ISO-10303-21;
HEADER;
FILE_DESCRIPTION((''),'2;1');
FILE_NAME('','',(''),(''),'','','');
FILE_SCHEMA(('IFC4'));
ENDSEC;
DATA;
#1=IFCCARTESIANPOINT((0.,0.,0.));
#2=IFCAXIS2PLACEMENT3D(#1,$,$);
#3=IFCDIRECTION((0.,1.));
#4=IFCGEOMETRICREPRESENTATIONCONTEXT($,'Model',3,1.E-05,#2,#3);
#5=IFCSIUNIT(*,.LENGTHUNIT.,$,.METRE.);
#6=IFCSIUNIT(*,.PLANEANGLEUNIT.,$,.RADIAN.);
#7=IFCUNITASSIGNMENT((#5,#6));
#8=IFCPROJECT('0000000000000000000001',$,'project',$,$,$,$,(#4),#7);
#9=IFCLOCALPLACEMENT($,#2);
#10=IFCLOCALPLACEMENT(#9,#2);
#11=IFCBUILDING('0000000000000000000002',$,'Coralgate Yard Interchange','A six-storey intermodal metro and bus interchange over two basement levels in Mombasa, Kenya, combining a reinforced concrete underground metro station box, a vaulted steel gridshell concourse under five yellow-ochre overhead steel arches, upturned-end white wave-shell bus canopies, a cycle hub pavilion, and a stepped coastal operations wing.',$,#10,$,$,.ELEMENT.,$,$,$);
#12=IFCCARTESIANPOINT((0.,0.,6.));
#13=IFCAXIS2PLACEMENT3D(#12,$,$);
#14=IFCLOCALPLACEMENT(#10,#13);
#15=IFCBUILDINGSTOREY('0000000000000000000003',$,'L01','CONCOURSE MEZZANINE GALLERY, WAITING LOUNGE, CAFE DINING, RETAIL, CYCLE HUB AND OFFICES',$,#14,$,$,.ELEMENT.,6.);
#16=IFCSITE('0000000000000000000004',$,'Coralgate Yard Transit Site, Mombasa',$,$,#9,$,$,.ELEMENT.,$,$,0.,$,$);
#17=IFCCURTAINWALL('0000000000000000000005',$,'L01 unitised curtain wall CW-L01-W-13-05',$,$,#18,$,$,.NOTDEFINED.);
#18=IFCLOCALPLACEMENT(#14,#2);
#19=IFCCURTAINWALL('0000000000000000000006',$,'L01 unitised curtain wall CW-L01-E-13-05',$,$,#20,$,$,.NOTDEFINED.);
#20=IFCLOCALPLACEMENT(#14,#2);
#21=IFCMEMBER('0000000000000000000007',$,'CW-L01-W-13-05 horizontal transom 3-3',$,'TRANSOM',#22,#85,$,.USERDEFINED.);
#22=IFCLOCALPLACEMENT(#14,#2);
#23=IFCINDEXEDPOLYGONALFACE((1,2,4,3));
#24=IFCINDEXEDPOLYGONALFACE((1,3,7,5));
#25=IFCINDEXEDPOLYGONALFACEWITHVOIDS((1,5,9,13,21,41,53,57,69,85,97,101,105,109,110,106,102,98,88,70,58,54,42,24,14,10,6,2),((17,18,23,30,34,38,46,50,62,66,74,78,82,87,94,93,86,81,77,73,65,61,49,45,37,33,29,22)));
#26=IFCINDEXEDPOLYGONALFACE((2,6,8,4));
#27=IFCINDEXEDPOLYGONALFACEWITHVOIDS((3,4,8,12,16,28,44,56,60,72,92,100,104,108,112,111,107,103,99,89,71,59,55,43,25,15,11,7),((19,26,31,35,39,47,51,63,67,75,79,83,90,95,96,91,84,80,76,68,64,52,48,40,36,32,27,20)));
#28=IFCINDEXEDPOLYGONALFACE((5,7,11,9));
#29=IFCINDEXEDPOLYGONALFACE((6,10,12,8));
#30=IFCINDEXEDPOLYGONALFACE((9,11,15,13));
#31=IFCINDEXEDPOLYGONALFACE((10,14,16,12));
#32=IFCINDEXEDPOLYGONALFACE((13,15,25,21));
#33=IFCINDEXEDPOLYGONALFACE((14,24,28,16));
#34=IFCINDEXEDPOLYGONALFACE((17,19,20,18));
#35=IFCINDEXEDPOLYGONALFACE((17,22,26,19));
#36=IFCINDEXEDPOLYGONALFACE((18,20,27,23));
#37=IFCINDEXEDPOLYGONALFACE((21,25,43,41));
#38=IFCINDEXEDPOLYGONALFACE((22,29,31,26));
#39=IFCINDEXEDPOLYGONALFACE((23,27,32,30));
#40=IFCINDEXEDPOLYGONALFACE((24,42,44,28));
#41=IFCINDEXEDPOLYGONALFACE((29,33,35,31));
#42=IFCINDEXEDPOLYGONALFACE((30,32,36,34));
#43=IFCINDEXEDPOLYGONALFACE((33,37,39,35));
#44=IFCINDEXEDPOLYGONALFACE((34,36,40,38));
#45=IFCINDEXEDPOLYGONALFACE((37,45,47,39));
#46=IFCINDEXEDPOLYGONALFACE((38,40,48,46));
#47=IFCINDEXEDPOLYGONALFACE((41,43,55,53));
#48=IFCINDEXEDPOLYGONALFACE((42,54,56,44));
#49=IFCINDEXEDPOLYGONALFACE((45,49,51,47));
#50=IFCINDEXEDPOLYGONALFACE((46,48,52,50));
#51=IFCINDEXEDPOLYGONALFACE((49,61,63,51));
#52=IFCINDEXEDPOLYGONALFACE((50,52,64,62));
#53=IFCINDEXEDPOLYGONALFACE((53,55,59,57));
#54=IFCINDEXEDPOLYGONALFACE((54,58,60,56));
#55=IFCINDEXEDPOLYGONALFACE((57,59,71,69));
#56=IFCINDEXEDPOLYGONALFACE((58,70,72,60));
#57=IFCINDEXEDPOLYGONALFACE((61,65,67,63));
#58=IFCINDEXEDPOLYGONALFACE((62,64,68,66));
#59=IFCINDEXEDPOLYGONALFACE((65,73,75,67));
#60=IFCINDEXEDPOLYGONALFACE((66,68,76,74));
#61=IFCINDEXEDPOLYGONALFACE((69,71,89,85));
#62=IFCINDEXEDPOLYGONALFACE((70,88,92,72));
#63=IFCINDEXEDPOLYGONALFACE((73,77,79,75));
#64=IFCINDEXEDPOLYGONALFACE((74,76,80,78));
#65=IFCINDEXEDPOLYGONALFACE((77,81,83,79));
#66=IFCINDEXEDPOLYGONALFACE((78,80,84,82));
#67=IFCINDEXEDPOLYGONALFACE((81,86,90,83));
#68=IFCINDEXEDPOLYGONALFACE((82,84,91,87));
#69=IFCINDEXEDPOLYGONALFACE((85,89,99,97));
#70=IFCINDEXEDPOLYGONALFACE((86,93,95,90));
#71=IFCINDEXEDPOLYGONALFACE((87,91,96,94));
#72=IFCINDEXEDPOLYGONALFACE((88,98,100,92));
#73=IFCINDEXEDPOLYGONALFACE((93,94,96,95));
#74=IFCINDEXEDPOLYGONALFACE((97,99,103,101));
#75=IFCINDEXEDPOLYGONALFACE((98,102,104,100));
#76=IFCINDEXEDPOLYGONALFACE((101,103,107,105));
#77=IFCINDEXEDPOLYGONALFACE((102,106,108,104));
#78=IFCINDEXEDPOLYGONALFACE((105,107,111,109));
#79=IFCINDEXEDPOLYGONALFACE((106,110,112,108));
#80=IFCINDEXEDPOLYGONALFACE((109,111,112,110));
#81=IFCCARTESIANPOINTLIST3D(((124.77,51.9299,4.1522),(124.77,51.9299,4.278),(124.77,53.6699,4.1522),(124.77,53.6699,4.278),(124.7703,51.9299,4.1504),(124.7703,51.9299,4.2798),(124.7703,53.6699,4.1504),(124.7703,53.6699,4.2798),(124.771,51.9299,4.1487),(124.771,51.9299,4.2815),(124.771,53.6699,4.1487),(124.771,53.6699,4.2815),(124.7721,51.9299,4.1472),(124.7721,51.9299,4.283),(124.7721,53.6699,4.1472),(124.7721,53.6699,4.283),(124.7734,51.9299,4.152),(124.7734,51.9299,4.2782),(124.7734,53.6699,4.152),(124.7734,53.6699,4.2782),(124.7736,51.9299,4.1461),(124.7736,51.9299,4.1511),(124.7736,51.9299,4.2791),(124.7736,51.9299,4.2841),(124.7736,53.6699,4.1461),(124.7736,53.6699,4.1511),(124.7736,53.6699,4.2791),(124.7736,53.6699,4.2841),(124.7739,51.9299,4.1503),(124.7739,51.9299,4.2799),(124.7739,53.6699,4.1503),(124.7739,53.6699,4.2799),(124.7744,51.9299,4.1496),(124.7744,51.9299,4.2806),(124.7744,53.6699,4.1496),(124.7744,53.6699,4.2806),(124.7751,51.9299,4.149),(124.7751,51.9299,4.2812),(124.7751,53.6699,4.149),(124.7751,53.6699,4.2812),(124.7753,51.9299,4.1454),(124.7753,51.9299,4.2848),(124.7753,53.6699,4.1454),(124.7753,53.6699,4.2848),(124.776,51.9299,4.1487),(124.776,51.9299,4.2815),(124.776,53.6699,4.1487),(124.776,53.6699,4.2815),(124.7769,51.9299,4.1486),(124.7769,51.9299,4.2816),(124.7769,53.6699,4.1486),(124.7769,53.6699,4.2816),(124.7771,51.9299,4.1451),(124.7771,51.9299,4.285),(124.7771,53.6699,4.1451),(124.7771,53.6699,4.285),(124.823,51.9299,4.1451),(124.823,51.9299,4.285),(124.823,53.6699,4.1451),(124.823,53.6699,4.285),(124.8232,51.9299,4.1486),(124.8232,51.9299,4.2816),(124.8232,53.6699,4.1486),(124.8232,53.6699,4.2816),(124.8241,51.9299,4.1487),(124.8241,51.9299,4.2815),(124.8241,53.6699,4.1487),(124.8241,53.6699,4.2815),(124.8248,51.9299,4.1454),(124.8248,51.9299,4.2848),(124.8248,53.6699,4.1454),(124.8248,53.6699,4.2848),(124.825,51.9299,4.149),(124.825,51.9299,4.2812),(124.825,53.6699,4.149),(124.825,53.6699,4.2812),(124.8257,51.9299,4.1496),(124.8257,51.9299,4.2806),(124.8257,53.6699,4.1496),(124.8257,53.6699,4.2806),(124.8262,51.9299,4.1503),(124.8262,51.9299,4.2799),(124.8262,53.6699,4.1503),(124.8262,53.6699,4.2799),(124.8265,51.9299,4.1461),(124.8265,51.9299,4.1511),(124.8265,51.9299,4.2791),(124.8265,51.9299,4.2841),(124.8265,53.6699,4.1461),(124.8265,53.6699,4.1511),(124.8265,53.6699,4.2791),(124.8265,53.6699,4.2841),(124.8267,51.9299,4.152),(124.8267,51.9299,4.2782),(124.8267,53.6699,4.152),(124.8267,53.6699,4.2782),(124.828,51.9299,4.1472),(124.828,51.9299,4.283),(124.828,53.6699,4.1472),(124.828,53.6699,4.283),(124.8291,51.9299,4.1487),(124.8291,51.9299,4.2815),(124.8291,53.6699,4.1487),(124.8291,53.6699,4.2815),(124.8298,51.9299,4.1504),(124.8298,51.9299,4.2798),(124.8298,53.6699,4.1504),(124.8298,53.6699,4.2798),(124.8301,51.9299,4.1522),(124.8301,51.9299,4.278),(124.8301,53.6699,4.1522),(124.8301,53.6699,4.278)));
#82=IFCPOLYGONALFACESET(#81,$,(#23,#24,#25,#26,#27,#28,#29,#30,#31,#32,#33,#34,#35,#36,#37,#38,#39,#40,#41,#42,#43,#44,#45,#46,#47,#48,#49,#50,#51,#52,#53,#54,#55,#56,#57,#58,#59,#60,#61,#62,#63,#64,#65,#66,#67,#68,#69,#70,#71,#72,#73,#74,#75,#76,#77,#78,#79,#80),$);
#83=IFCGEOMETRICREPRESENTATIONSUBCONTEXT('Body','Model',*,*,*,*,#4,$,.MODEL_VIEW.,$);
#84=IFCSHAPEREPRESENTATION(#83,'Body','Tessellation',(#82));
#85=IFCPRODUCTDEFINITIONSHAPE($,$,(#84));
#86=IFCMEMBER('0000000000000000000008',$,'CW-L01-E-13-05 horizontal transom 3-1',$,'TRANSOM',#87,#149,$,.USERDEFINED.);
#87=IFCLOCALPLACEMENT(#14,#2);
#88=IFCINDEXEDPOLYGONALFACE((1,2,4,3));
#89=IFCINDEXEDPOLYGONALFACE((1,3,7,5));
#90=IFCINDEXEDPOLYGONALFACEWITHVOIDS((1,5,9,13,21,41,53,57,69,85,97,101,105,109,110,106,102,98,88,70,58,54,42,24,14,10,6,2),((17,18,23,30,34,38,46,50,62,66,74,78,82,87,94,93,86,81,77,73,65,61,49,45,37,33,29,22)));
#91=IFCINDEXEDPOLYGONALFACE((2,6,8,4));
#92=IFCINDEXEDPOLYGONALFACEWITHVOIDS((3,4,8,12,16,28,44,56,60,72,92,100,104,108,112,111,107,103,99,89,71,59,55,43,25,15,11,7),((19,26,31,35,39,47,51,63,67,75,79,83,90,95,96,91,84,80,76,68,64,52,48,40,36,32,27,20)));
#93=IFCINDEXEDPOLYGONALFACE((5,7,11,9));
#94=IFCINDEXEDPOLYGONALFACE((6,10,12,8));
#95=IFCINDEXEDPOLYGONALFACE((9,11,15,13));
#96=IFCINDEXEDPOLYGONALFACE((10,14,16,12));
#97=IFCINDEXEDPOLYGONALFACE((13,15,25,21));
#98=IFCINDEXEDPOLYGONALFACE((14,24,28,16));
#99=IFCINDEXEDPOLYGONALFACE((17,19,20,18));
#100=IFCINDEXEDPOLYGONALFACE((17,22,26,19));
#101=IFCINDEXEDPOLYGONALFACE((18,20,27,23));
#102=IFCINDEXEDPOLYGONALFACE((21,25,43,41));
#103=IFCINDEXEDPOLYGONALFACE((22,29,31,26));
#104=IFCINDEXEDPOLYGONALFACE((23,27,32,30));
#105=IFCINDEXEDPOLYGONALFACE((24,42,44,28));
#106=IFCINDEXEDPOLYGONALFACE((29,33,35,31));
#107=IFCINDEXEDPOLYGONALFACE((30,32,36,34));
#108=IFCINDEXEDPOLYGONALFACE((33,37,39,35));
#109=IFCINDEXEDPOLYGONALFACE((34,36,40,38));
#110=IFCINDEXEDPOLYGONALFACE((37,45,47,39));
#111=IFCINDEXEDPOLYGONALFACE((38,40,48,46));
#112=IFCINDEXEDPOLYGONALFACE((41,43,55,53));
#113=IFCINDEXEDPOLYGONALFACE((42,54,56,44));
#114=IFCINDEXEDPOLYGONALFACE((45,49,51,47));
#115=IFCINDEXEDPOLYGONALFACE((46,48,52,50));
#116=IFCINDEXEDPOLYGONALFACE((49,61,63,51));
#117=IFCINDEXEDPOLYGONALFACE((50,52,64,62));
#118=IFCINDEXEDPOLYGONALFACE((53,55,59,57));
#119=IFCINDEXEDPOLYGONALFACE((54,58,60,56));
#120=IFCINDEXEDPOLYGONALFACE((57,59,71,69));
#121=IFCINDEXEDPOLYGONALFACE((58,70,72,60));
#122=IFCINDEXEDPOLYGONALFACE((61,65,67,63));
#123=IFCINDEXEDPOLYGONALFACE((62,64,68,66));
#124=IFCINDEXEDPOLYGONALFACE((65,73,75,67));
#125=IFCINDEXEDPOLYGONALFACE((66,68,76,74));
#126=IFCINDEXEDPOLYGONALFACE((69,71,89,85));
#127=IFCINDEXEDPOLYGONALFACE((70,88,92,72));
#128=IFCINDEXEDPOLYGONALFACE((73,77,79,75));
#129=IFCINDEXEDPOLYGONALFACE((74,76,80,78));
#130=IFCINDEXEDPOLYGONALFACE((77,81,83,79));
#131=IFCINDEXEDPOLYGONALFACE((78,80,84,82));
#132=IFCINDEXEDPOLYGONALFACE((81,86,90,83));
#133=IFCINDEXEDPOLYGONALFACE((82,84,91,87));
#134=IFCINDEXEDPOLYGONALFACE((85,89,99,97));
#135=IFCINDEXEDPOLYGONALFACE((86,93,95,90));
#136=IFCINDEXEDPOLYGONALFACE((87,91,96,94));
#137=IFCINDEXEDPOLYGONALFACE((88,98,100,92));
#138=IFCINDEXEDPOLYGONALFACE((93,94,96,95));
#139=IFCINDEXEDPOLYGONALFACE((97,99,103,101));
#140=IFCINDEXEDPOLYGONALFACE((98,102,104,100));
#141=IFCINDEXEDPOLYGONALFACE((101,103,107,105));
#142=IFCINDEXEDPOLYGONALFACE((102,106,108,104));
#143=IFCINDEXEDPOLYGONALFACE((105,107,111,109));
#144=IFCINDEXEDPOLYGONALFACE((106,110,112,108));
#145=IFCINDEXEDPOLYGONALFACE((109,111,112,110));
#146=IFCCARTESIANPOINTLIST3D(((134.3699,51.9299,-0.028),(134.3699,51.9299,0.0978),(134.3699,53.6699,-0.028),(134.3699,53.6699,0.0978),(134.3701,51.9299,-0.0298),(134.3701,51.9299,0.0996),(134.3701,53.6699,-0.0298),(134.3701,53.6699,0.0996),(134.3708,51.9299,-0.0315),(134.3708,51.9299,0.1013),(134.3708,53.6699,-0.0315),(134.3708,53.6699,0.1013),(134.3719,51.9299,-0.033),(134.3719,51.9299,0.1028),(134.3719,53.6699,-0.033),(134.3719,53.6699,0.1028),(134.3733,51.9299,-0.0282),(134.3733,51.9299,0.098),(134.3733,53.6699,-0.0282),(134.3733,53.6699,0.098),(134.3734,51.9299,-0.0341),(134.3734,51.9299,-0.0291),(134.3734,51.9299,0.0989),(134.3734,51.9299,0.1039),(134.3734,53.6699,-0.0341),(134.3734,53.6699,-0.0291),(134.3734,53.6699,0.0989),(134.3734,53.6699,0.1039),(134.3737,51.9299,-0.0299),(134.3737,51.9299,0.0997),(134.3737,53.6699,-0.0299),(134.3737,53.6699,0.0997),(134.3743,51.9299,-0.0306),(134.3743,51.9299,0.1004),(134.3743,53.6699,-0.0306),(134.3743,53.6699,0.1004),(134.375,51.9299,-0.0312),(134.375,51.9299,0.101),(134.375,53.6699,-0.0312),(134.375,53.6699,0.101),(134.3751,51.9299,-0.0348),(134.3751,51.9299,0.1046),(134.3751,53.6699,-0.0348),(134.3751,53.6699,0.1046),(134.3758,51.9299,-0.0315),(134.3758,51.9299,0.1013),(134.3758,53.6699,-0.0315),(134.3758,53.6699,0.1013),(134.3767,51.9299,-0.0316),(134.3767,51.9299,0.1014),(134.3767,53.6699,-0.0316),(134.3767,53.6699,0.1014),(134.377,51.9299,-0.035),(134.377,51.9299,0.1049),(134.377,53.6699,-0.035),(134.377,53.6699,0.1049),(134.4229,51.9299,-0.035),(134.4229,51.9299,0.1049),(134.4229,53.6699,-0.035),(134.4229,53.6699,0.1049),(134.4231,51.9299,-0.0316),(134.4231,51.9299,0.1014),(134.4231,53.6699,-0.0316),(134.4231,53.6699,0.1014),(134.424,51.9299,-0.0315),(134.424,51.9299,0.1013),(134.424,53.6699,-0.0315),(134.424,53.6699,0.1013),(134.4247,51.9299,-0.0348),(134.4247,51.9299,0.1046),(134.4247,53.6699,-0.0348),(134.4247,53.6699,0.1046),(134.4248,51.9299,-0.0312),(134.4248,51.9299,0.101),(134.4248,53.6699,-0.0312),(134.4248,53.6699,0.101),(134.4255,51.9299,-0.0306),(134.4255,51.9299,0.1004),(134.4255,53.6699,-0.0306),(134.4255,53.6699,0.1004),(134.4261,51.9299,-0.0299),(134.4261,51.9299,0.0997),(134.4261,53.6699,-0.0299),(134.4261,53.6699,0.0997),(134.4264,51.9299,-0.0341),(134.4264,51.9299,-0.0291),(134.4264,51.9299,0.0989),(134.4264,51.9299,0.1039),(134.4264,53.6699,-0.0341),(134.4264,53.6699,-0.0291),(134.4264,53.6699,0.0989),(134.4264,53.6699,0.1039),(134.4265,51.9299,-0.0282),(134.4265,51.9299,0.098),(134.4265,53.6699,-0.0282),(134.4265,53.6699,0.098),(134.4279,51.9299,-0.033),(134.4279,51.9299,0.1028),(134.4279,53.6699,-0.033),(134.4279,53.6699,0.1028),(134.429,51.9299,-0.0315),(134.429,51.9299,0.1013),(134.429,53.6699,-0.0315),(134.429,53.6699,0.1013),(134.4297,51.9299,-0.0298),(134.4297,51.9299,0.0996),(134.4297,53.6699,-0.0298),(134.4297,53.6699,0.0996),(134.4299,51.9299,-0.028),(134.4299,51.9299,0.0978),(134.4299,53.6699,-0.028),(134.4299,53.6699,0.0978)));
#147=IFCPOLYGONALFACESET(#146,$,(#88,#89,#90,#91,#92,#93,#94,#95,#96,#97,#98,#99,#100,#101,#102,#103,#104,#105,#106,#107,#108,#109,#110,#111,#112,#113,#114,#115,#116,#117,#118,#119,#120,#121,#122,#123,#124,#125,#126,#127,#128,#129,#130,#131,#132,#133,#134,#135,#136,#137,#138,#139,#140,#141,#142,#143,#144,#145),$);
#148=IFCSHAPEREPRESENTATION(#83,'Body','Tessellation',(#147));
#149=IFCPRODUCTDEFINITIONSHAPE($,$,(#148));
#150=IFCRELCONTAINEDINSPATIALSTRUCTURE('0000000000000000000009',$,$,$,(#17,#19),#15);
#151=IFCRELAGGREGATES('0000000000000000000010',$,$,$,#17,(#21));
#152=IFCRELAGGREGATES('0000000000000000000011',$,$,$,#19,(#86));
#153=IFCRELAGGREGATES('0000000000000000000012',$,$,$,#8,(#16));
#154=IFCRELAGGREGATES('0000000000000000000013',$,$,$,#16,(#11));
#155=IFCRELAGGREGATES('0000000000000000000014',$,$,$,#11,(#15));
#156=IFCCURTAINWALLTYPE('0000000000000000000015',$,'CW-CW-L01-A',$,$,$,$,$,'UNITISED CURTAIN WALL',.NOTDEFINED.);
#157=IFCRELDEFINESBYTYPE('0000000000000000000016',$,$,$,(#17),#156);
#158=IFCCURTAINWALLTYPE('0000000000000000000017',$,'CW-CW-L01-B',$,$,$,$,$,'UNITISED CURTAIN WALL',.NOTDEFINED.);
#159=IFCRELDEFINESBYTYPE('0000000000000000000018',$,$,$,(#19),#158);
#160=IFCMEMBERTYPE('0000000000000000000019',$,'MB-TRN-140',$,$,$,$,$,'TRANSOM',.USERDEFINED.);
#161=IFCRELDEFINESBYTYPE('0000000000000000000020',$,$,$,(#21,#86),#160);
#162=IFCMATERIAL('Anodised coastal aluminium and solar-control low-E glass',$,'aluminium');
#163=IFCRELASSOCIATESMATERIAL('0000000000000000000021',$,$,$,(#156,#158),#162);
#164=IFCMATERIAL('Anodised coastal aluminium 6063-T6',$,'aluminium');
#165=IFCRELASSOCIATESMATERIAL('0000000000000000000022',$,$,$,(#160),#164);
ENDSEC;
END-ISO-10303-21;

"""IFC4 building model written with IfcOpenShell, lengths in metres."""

from ifc_helpers import new_model, si_unit, direction, frame, origin, origin_2d, place, context, subcontext, project, spatial, hollow_rectangle, extrude, material, material_profile, profile_set, type_object, element, aggregate, save


model = new_model("IFC4")

# Units and contexts
model_context = context("Model", 3, precision=1e-05, world=origin(), true_north=direction((0.0, 1.0)))
body_context = subcontext(model_context, "Body", "Model", "MODEL_VIEW")
ifc_project = project(units=[si_unit("LENGTHUNIT", "METRE"), si_unit("PLANEANGLEUNIT", "RADIAN")], contexts=[model_context])

# Site, building, storey
site_placement = place(None, origin())
site = spatial("IfcSite", under=ifc_project, at=site_placement, Name="Coralgate Yard Transit Site, Mombasa", CompositionType="ELEMENT", RefElevation=0.0)
building_placement = place(site_placement, origin())
building = spatial("IfcBuilding", under=site, at=building_placement, Name="Coralgate Yard Interchange", Description="A six-storey intermodal metro and bus interchange over two basement levels in Mombasa, Kenya, combining a reinforced concrete underground metro station box, a vaulted steel gridshell concourse under five yellow-ochre overhead steel arches, upturned-end white wave-shell bus canopies, a cycle hub pavilion, and a stepped coastal operations wing.", CompositionType="ELEMENT")
storey_placement = place(building_placement, frame((0.0, 0.0, 6.0)))
storey = spatial("IfcBuildingStorey", under=building, at=storey_placement, Name="L01", Description="CONCOURSE MEZZANINE GALLERY, WAITING LOUNGE, CAFE DINING, RETAIL, CYCLE HUB AND OFFICES", CompositionType="ELEMENT", Elevation=6.0)

# Curtain wall
ifc_material_1 = material(Name="Anodised coastal aluminium and solar-control low-E glass", Category="aluminium")
curtain_wall_type_1 = type_object("IfcCurtainWallType", Name="CW-CW-L01-A", ElementType="UNITISED CURTAIN WALL", PredefinedType="NOTDEFINED", material=ifc_material_1)
curtain_wall_1_placement = place(storey_placement, origin())
curtain_wall_1 = element("IfcCurtainWall", 1, at=curtain_wall_1_placement, inside=storey, type_object=curtain_wall_type_1, Name="L01 unitised curtain wall CW-L01-W-13-05", PredefinedType="NOTDEFINED")
ifc_material_2 = material(Name="Anodised coastal aluminium 6063-T6", Category="aluminium")

# Curtain wall
curtain_wall_type_2 = type_object("IfcCurtainWallType", Name="CW-CW-L01-B", ElementType="UNITISED CURTAIN WALL", PredefinedType="NOTDEFINED", material=ifc_material_1)
curtain_wall_2_placement = place(storey_placement, origin())
curtain_wall_2 = element("IfcCurtainWall", 2, at=curtain_wall_2_placement, inside=storey, type_object=curtain_wall_type_2, Name="L01 unitised curtain wall CW-L01-E-13-05", PredefinedType="NOTDEFINED")

# Members
ifc_material_profile_1 = material_profile(ifc_material_2, hollow_rectangle(XDim=0.0601, YDim=0.1399, WallThickness=0.0034, InnerFilletRadius=0.0034, OuterFilletRadius=0.0071, at=origin_2d()), Name="ALU 60x140x3.5")
ifc_profile_set_1 = profile_set([ifc_material_profile_1], Name="Anodised coastal aluminium 6063-T6")
member_type_1 = type_object("IfcMemberType", Name="MB-TRN-140", ElementType="TRANSOM", PredefinedType="USERDEFINED", material=ifc_profile_set_1)
member_1_placement = place(storey_placement, frame((124.8, 51.9299, 4.2151), z_axis=(0.0, 1.0, 0.0), x_axis=(-1.0, 0.0, 0.0)))
member_1 = element("IfcMember", 3, at=member_1_placement, type_object=member_type_1, Name="CW-L01-W-13-05 horizontal transom 3-3", ObjectType="TRANSOM", PredefinedType="USERDEFINED", context=body_context, shape_type="SweptSolid", body=[
    extrude(hollow_rectangle(XDim=0.0601, YDim=0.1399, WallThickness=0.0034, InnerFilletRadius=0.0034, OuterFilletRadius=0.0071, at=origin_2d()), origin(), (0.0, 0.0, 1.0), 1.74),
])
member_2_placement = place(storey_placement, frame((134.3999, 53.6699, 0.0349), z_axis=(0.0, -1.0, 0.0), x_axis=(1.0, 0.0, 0.0)))
member_2 = element("IfcMember", 4, at=member_2_placement, type_object=member_type_1, Name="CW-L01-E-13-05 horizontal transom 3-1", ObjectType="TRANSOM", PredefinedType="USERDEFINED", context=body_context, shape_type="SweptSolid", body=[
    extrude(hollow_rectangle(XDim=0.0601, YDim=0.1399, WallThickness=0.0034, InnerFilletRadius=0.0034, OuterFilletRadius=0.0071, at=origin_2d()), origin(), (0.0, 0.0, 1.0), 1.74),
])

aggregate(curtain_wall_1, [member_1])
aggregate(curtain_wall_2, [member_2])

save(model, "model.ifc")
